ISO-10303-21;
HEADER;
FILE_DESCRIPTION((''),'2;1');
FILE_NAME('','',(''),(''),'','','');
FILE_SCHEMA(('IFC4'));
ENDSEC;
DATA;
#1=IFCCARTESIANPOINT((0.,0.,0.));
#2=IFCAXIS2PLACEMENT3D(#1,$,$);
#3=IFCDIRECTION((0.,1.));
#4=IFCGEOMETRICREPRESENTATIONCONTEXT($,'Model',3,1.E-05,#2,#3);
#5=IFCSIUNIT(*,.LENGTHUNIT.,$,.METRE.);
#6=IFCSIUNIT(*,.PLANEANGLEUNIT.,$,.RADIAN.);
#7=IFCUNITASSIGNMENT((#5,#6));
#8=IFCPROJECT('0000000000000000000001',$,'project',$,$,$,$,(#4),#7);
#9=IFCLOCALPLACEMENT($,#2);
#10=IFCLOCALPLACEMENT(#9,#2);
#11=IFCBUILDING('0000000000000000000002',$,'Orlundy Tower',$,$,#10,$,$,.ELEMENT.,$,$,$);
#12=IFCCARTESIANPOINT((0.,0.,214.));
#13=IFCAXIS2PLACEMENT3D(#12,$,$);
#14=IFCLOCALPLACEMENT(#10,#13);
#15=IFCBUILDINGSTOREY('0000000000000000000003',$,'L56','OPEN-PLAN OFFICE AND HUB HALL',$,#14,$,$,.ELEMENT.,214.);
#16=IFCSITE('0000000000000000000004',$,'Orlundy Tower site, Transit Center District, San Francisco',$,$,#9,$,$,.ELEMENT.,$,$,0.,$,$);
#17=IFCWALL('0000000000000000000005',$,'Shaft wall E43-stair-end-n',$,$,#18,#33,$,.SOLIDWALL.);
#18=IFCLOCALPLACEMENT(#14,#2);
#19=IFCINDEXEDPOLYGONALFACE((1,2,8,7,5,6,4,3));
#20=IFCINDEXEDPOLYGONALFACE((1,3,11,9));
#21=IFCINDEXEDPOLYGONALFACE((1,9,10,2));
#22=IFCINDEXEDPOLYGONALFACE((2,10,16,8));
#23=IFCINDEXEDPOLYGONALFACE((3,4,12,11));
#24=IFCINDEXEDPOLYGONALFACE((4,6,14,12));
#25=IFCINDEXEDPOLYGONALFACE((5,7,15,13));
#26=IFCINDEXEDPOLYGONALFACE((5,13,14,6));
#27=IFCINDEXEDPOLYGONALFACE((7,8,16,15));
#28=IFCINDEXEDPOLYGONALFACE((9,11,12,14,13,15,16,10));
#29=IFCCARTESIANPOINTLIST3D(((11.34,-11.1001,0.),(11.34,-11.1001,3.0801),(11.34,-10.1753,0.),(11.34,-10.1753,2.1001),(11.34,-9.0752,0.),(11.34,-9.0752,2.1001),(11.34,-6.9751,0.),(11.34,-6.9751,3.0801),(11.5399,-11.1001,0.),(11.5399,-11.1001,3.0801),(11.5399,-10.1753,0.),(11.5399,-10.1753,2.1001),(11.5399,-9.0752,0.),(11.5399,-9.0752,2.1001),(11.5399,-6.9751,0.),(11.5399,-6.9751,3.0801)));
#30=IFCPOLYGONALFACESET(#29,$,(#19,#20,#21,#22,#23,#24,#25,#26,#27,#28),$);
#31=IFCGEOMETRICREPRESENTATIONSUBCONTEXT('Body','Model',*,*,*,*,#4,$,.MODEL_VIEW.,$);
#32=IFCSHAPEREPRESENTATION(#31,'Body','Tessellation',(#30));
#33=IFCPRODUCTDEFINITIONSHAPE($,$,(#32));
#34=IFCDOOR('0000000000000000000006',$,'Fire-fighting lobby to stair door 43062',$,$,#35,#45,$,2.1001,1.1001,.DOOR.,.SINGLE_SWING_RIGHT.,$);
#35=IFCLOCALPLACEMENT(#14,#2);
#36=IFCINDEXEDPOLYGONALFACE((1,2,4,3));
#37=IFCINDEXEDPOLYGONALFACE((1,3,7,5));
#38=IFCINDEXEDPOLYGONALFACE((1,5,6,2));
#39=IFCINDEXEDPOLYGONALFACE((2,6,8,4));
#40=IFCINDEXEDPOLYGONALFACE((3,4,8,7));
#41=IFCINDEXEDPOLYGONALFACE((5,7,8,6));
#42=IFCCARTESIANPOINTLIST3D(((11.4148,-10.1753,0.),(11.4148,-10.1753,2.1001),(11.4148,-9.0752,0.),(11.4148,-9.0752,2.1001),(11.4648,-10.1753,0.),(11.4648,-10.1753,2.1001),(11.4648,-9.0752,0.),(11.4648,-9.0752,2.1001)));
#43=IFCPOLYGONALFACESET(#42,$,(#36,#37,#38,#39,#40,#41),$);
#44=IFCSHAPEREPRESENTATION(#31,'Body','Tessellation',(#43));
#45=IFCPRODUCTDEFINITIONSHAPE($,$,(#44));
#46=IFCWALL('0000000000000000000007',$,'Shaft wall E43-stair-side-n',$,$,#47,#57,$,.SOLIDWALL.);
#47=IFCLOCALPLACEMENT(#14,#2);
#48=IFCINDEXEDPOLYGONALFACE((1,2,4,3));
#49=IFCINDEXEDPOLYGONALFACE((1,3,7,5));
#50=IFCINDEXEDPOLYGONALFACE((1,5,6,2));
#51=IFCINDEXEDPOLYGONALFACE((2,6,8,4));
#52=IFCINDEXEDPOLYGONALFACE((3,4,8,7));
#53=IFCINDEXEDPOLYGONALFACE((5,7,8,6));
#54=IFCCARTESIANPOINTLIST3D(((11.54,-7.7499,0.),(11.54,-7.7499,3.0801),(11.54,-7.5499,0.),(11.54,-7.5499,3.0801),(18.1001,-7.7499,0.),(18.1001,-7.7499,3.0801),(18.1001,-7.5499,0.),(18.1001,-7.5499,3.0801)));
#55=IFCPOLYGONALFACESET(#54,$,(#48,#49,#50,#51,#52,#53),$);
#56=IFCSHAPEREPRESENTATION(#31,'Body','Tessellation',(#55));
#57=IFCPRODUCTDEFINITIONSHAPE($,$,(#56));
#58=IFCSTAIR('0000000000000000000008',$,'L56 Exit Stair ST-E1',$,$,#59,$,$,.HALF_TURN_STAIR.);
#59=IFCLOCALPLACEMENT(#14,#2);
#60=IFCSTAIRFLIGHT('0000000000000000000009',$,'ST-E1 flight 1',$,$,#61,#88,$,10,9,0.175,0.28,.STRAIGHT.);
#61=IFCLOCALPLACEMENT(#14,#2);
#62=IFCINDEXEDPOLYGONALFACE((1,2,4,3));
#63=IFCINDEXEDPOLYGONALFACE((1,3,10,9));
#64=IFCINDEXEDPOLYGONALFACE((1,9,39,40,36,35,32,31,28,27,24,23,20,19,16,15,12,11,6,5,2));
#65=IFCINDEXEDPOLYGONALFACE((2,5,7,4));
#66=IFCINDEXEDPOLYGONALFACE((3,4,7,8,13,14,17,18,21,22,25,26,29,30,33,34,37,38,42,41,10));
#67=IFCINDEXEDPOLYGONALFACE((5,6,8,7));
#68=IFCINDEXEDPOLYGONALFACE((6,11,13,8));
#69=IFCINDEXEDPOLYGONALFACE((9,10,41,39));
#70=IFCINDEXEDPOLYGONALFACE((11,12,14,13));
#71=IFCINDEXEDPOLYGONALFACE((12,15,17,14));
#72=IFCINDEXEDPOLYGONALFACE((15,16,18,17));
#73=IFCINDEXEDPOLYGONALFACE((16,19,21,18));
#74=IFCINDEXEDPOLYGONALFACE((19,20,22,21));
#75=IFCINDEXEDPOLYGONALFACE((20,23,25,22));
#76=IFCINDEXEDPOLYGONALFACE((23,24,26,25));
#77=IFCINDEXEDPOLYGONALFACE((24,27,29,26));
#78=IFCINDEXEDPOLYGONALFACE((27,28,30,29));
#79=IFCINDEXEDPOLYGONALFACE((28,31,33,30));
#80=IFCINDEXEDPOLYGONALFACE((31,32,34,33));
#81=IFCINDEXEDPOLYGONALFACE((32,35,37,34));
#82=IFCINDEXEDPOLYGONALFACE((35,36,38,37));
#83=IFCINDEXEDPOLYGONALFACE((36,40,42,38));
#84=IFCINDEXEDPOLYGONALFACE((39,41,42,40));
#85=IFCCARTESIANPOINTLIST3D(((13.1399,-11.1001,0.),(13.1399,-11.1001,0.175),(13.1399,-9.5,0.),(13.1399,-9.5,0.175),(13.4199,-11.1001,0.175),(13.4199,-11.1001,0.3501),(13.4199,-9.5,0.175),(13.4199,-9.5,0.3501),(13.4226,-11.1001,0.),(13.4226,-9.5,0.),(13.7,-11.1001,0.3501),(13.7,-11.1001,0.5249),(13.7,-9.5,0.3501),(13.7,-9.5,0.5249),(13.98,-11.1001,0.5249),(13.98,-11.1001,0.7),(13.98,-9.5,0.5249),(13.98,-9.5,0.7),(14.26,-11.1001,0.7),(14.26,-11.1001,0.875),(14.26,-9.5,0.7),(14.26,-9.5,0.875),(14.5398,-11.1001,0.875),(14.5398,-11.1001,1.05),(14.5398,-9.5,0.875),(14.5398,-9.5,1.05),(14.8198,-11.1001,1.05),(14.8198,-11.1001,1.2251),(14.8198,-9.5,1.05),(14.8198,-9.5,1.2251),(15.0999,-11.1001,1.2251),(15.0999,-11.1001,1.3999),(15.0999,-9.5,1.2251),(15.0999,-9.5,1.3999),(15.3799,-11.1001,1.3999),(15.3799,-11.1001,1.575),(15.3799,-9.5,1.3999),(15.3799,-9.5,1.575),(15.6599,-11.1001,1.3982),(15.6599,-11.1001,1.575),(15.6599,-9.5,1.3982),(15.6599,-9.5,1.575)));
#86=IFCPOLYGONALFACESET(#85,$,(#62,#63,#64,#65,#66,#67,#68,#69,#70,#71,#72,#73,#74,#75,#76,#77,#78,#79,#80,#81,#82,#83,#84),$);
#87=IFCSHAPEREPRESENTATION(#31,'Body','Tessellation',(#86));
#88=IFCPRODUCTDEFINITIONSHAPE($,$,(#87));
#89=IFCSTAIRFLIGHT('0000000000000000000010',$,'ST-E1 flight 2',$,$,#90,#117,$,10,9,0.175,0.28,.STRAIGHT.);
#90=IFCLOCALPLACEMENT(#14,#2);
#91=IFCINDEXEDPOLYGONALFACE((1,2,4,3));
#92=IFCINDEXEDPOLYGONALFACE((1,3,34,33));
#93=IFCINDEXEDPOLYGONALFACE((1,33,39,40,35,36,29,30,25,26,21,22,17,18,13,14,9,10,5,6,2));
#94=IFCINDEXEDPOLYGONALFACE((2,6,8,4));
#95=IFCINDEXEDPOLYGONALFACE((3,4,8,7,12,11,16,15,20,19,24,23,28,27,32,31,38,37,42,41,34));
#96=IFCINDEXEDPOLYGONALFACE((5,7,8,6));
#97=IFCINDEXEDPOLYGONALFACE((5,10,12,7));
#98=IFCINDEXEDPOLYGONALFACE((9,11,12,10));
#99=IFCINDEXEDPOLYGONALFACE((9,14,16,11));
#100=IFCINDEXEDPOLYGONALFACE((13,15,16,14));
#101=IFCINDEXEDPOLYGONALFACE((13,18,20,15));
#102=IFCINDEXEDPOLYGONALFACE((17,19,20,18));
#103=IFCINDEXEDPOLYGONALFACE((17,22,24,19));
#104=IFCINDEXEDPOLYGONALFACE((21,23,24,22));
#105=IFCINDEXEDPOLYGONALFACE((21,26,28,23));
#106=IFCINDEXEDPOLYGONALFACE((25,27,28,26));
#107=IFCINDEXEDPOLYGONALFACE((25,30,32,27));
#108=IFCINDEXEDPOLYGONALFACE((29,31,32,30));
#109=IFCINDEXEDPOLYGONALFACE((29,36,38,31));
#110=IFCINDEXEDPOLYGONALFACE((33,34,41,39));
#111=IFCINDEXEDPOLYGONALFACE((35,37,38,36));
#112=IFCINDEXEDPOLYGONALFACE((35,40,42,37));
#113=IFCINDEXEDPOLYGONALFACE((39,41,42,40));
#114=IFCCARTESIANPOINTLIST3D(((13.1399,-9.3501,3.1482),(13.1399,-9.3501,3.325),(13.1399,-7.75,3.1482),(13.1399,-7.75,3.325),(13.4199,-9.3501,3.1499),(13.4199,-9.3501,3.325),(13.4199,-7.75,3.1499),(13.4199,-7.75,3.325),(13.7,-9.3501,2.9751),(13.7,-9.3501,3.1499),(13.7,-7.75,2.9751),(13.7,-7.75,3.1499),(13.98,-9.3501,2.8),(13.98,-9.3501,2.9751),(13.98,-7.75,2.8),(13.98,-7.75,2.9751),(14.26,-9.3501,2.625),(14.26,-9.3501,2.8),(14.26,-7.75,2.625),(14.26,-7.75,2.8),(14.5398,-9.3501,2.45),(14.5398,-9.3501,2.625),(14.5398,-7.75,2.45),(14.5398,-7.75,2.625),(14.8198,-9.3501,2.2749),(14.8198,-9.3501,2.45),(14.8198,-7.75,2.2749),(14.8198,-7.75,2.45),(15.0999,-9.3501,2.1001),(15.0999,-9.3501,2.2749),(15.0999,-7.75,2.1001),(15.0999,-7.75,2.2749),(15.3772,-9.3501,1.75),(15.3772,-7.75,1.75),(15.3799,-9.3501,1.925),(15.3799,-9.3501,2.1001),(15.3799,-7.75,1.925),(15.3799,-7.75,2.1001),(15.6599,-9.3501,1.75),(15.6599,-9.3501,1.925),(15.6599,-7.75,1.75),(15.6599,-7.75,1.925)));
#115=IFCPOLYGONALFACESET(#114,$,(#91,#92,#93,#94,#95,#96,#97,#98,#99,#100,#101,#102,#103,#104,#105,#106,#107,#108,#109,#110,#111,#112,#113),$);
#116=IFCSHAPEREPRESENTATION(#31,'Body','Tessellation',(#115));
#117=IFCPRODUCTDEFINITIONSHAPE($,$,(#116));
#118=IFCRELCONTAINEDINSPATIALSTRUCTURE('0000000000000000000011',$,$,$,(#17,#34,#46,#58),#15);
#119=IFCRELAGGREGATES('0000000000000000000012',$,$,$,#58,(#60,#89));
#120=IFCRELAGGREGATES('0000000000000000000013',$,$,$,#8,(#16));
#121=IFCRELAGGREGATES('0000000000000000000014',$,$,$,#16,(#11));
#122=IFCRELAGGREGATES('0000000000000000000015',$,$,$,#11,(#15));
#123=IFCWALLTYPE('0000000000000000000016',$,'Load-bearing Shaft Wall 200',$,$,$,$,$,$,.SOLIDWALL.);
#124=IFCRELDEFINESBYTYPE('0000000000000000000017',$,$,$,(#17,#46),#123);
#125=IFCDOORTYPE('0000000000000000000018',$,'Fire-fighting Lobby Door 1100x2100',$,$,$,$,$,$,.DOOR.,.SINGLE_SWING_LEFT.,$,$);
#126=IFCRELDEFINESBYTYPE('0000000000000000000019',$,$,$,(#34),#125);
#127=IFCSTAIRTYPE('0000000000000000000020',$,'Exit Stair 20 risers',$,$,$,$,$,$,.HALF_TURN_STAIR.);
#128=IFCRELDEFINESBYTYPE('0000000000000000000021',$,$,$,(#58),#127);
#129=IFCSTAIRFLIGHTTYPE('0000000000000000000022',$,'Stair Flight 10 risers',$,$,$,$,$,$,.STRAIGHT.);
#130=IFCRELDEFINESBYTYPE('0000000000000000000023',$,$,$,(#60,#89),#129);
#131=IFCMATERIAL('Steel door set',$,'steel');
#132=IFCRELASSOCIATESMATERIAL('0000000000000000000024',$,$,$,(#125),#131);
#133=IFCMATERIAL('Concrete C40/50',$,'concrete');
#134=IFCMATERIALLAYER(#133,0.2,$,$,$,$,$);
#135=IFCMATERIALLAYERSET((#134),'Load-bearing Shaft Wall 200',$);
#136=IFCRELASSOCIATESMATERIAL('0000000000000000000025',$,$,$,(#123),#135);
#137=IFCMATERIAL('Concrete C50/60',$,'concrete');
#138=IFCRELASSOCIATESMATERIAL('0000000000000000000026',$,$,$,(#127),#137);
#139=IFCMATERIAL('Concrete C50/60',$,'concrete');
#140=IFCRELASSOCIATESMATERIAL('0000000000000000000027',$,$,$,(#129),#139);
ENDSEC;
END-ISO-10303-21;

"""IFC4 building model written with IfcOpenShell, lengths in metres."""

from ifc_helpers import new_model, si_unit, direction, frame, frame_2d, origin, place, context, subcontext, project, spatial, polyline, rectangle, outline, extrude, material, layer, layer_set, type_object, element, fill, aggregate, save


model = new_model("IFC4")

# Units and contexts
model_context = context("Model", 3, precision=1e-05, world=origin(), true_north=direction((0.0, 1.0)))
body_context = subcontext(model_context, "Body", "Model", "MODEL_VIEW")
ifc_project = project(units=[si_unit("LENGTHUNIT", "METRE"), si_unit("PLANEANGLEUNIT", "RADIAN")], contexts=[model_context])

# Site, building, storey
site_placement = place(None, origin())
site = spatial("IfcSite", under=ifc_project, at=site_placement, Name="Orlundy Tower site, Transit Center District, San Francisco", CompositionType="ELEMENT", RefElevation=0.0)
building_placement = place(site_placement, origin())
building = spatial("IfcBuilding", under=site, at=building_placement, Name="Orlundy Tower", CompositionType="ELEMENT")
storey_placement = place(building_placement, frame((0.0, 0.0, 214.0)))
storey = spatial("IfcBuildingStorey", under=building, at=storey_placement, Name="L56", Description="OPEN-PLAN OFFICE AND HUB HALL", CompositionType="ELEMENT", Elevation=214.0)

# Shared definitions
ifc_material_1 = material(Name="Steel door set", Category="steel")
door_type_1 = type_object("IfcDoorType", Name="Fire-fighting Lobby Door 1100x2100", OperationType="SINGLE_SWING_LEFT", PredefinedType="DOOR", material=ifc_material_1)

# Wall, opening, door
ifc_material_2 = material(Name="Concrete C40/50", Category="concrete")
ifc_layer_1 = layer(ifc_material_2, 0.2)
ifc_layer_set_1 = layer_set([ifc_layer_1], Name="Load-bearing Shaft Wall 200")
wall_type_1 = type_object("IfcWallType", Name="Load-bearing Shaft Wall 200", PredefinedType="SOLIDWALL", material=ifc_layer_set_1)
wall_1_placement = place(storey_placement, frame((11.4399, -6.9751, 0.0), z_axis=(0.0, 0.0, 1.0), x_axis=(0.0, -1.0, 0.0)))
wall_1 = element("IfcWall", 1, at=wall_1_placement, inside=storey, type_object=wall_type_1, Name="Shaft wall E43-stair-end-n", PredefinedType="SOLIDWALL", context=body_context, shape_type="SweptSolid", body=[
    extrude(rectangle(XDim=4.125, YDim=0.2, at=frame_2d((2.0625, 0.0))), origin(), (0.0, 0.0, 1.0), 3.0801),
])
opening_1_placement = place(wall_1_placement, frame((2.1001, 0.0, 0.0)))
opening_1 = element("IfcOpeningElement", 2, at=opening_1_placement, cuts=wall_1, PredefinedType="OPENING", context=body_context, shape_type="SweptSolid", body=[
    extrude(rectangle(XDim=1.1001, YDim=2.1001, at=frame_2d((0.55, 1.05))), frame((0.0, 0.1101, 0.0), z_axis=(0.0, -1.0, 0.0), x_axis=(1.0, 0.0, 0.0)), (0.0, 0.0, 1.0), 0.2202),
])
door_1_placement = place(opening_1_placement, origin())
door_1 = element("IfcDoor", 3, at=door_1_placement, inside=storey, type_object=door_type_1, Name="Fire-fighting lobby to stair door 43062", OperationType="SINGLE_SWING_RIGHT", OverallHeight=2.1001, OverallWidth=1.1001, PredefinedType="DOOR", context=body_context, shape_type="SweptSolid", body=[
    extrude(rectangle(XDim=1.1001, YDim=2.1001, at=frame_2d((0.55, 1.05))), frame((0.0, 0.0249, 0.0), z_axis=(0.0, -1.0, 0.0), x_axis=(1.0, 0.0, 0.0)), (0.0, 0.0, 1.0), 0.05),
])
fill(opening_1, door_1)

# Wall
wall_2_placement = place(storey_placement, frame((11.54, -7.6499, 0.0), z_axis=(0.0, 0.0, 1.0), x_axis=(1.0, 0.0, 0.0)))
element("IfcWall", 4, at=wall_2_placement, inside=storey, type_object=wall_type_1, Name="Shaft wall E43-stair-side-n", PredefinedType="SOLIDWALL", context=body_context, shape_type="SweptSolid", body=[
    extrude(rectangle(XDim=6.5601, YDim=0.2, at=frame_2d((3.28, 0.0))), origin(), (0.0, 0.0, 1.0), 3.0801),
])

# Stair, stair flights
ifc_material_3 = material(Name="Concrete C50/60", Category="concrete")
stair_type = type_object("IfcStairType", Name="Exit Stair 20 risers", PredefinedType="HALF_TURN_STAIR", material=ifc_material_3)
stair_placement = place(storey_placement, origin())
stair = element("IfcStair", 5, at=stair_placement, inside=storey, type_object=stair_type, Name="L56 Exit Stair ST-E1", PredefinedType="HALF_TURN_STAIR")
ifc_material_4 = material(Name="Concrete C50/60", Category="concrete")
stair_flight_type = type_object("IfcStairFlightType", Name="Stair Flight 10 risers", PredefinedType="STRAIGHT", material=ifc_material_4)
stair_flight_1_placement = place(storey_placement, frame((13.1399, -10.3, 0.0), z_axis=(0.0, 0.0, 1.0), x_axis=(1.0, 0.0, 0.0)))
stair_flight_1 = element("IfcStairFlight", 6, at=stair_flight_1_placement, type_object=stair_flight_type, Name="ST-E1 flight 1", NumberOfRisers=10, NumberOfTreads=9, PredefinedType="STRAIGHT", RiserHeight=0.175, TreadLength=0.28, context=body_context, shape_type="SweptSolid", body=[
    extrude(outline(polyline([(0.0, 0.0), (0.0, 0.175), (0.28, 0.175), (0.28, 0.3501), (0.5601, 0.3501), (0.5601, 0.5249), (0.8401, 0.5249), (0.8401, 0.7), (1.1201, 0.7), (1.1201, 0.875), (1.3999, 0.875), (1.3999, 1.05), (1.6799, 1.05), (1.6799, 1.2251), (1.96, 1.2251), (1.96, 1.3999), (2.24, 1.3999), (2.24, 1.575), (2.52, 1.575), (2.52, 1.75), (2.52, 1.3982), (0.2827, 0.0), (0.0, 0.0)])), frame((0.0, 0.8, 0.0), z_axis=(0.0, -1.0, 0.0), x_axis=(1.0, 0.0, 0.0)), (0.0, 0.0, 1.0), 1.6001),
])
stair_flight_2_placement = place(storey_placement, frame((15.6599, -8.55, 1.75), z_axis=(0.0, 0.0, 1.0), x_axis=(-1.0, 0.0, 0.0)))
stair_flight_2 = element("IfcStairFlight", 7, at=stair_flight_2_placement, type_object=stair_flight_type, Name="ST-E1 flight 2", NumberOfRisers=10, NumberOfTreads=9, PredefinedType="STRAIGHT", RiserHeight=0.175, TreadLength=0.28, context=body_context, shape_type="SweptSolid", body=[
    extrude(outline(polyline([(0.0, 0.0), (0.0, 0.175), (0.28, 0.175), (0.28, 0.3501), (0.5601, 0.3501), (0.5601, 0.5249), (0.8401, 0.5249), (0.8401, 0.7), (1.1201, 0.7), (1.1201, 0.875), (1.3999, 0.875), (1.3999, 1.05), (1.6799, 1.05), (1.6799, 1.2251), (1.96, 1.2251), (1.96, 1.3999), (2.24, 1.3999), (2.24, 1.575), (2.52, 1.575), (2.52, 1.75), (2.52, 1.3982), (0.2827, 0.0), (0.0, 0.0)])), frame((0.0, 0.8, 0.0), z_axis=(0.0, -1.0, 0.0), x_axis=(1.0, 0.0, 0.0)), (0.0, 0.0, 1.0), 1.6001),
])
aggregate(stair, [stair_flight_1, stair_flight_2])

save(model, "model.ifc")
